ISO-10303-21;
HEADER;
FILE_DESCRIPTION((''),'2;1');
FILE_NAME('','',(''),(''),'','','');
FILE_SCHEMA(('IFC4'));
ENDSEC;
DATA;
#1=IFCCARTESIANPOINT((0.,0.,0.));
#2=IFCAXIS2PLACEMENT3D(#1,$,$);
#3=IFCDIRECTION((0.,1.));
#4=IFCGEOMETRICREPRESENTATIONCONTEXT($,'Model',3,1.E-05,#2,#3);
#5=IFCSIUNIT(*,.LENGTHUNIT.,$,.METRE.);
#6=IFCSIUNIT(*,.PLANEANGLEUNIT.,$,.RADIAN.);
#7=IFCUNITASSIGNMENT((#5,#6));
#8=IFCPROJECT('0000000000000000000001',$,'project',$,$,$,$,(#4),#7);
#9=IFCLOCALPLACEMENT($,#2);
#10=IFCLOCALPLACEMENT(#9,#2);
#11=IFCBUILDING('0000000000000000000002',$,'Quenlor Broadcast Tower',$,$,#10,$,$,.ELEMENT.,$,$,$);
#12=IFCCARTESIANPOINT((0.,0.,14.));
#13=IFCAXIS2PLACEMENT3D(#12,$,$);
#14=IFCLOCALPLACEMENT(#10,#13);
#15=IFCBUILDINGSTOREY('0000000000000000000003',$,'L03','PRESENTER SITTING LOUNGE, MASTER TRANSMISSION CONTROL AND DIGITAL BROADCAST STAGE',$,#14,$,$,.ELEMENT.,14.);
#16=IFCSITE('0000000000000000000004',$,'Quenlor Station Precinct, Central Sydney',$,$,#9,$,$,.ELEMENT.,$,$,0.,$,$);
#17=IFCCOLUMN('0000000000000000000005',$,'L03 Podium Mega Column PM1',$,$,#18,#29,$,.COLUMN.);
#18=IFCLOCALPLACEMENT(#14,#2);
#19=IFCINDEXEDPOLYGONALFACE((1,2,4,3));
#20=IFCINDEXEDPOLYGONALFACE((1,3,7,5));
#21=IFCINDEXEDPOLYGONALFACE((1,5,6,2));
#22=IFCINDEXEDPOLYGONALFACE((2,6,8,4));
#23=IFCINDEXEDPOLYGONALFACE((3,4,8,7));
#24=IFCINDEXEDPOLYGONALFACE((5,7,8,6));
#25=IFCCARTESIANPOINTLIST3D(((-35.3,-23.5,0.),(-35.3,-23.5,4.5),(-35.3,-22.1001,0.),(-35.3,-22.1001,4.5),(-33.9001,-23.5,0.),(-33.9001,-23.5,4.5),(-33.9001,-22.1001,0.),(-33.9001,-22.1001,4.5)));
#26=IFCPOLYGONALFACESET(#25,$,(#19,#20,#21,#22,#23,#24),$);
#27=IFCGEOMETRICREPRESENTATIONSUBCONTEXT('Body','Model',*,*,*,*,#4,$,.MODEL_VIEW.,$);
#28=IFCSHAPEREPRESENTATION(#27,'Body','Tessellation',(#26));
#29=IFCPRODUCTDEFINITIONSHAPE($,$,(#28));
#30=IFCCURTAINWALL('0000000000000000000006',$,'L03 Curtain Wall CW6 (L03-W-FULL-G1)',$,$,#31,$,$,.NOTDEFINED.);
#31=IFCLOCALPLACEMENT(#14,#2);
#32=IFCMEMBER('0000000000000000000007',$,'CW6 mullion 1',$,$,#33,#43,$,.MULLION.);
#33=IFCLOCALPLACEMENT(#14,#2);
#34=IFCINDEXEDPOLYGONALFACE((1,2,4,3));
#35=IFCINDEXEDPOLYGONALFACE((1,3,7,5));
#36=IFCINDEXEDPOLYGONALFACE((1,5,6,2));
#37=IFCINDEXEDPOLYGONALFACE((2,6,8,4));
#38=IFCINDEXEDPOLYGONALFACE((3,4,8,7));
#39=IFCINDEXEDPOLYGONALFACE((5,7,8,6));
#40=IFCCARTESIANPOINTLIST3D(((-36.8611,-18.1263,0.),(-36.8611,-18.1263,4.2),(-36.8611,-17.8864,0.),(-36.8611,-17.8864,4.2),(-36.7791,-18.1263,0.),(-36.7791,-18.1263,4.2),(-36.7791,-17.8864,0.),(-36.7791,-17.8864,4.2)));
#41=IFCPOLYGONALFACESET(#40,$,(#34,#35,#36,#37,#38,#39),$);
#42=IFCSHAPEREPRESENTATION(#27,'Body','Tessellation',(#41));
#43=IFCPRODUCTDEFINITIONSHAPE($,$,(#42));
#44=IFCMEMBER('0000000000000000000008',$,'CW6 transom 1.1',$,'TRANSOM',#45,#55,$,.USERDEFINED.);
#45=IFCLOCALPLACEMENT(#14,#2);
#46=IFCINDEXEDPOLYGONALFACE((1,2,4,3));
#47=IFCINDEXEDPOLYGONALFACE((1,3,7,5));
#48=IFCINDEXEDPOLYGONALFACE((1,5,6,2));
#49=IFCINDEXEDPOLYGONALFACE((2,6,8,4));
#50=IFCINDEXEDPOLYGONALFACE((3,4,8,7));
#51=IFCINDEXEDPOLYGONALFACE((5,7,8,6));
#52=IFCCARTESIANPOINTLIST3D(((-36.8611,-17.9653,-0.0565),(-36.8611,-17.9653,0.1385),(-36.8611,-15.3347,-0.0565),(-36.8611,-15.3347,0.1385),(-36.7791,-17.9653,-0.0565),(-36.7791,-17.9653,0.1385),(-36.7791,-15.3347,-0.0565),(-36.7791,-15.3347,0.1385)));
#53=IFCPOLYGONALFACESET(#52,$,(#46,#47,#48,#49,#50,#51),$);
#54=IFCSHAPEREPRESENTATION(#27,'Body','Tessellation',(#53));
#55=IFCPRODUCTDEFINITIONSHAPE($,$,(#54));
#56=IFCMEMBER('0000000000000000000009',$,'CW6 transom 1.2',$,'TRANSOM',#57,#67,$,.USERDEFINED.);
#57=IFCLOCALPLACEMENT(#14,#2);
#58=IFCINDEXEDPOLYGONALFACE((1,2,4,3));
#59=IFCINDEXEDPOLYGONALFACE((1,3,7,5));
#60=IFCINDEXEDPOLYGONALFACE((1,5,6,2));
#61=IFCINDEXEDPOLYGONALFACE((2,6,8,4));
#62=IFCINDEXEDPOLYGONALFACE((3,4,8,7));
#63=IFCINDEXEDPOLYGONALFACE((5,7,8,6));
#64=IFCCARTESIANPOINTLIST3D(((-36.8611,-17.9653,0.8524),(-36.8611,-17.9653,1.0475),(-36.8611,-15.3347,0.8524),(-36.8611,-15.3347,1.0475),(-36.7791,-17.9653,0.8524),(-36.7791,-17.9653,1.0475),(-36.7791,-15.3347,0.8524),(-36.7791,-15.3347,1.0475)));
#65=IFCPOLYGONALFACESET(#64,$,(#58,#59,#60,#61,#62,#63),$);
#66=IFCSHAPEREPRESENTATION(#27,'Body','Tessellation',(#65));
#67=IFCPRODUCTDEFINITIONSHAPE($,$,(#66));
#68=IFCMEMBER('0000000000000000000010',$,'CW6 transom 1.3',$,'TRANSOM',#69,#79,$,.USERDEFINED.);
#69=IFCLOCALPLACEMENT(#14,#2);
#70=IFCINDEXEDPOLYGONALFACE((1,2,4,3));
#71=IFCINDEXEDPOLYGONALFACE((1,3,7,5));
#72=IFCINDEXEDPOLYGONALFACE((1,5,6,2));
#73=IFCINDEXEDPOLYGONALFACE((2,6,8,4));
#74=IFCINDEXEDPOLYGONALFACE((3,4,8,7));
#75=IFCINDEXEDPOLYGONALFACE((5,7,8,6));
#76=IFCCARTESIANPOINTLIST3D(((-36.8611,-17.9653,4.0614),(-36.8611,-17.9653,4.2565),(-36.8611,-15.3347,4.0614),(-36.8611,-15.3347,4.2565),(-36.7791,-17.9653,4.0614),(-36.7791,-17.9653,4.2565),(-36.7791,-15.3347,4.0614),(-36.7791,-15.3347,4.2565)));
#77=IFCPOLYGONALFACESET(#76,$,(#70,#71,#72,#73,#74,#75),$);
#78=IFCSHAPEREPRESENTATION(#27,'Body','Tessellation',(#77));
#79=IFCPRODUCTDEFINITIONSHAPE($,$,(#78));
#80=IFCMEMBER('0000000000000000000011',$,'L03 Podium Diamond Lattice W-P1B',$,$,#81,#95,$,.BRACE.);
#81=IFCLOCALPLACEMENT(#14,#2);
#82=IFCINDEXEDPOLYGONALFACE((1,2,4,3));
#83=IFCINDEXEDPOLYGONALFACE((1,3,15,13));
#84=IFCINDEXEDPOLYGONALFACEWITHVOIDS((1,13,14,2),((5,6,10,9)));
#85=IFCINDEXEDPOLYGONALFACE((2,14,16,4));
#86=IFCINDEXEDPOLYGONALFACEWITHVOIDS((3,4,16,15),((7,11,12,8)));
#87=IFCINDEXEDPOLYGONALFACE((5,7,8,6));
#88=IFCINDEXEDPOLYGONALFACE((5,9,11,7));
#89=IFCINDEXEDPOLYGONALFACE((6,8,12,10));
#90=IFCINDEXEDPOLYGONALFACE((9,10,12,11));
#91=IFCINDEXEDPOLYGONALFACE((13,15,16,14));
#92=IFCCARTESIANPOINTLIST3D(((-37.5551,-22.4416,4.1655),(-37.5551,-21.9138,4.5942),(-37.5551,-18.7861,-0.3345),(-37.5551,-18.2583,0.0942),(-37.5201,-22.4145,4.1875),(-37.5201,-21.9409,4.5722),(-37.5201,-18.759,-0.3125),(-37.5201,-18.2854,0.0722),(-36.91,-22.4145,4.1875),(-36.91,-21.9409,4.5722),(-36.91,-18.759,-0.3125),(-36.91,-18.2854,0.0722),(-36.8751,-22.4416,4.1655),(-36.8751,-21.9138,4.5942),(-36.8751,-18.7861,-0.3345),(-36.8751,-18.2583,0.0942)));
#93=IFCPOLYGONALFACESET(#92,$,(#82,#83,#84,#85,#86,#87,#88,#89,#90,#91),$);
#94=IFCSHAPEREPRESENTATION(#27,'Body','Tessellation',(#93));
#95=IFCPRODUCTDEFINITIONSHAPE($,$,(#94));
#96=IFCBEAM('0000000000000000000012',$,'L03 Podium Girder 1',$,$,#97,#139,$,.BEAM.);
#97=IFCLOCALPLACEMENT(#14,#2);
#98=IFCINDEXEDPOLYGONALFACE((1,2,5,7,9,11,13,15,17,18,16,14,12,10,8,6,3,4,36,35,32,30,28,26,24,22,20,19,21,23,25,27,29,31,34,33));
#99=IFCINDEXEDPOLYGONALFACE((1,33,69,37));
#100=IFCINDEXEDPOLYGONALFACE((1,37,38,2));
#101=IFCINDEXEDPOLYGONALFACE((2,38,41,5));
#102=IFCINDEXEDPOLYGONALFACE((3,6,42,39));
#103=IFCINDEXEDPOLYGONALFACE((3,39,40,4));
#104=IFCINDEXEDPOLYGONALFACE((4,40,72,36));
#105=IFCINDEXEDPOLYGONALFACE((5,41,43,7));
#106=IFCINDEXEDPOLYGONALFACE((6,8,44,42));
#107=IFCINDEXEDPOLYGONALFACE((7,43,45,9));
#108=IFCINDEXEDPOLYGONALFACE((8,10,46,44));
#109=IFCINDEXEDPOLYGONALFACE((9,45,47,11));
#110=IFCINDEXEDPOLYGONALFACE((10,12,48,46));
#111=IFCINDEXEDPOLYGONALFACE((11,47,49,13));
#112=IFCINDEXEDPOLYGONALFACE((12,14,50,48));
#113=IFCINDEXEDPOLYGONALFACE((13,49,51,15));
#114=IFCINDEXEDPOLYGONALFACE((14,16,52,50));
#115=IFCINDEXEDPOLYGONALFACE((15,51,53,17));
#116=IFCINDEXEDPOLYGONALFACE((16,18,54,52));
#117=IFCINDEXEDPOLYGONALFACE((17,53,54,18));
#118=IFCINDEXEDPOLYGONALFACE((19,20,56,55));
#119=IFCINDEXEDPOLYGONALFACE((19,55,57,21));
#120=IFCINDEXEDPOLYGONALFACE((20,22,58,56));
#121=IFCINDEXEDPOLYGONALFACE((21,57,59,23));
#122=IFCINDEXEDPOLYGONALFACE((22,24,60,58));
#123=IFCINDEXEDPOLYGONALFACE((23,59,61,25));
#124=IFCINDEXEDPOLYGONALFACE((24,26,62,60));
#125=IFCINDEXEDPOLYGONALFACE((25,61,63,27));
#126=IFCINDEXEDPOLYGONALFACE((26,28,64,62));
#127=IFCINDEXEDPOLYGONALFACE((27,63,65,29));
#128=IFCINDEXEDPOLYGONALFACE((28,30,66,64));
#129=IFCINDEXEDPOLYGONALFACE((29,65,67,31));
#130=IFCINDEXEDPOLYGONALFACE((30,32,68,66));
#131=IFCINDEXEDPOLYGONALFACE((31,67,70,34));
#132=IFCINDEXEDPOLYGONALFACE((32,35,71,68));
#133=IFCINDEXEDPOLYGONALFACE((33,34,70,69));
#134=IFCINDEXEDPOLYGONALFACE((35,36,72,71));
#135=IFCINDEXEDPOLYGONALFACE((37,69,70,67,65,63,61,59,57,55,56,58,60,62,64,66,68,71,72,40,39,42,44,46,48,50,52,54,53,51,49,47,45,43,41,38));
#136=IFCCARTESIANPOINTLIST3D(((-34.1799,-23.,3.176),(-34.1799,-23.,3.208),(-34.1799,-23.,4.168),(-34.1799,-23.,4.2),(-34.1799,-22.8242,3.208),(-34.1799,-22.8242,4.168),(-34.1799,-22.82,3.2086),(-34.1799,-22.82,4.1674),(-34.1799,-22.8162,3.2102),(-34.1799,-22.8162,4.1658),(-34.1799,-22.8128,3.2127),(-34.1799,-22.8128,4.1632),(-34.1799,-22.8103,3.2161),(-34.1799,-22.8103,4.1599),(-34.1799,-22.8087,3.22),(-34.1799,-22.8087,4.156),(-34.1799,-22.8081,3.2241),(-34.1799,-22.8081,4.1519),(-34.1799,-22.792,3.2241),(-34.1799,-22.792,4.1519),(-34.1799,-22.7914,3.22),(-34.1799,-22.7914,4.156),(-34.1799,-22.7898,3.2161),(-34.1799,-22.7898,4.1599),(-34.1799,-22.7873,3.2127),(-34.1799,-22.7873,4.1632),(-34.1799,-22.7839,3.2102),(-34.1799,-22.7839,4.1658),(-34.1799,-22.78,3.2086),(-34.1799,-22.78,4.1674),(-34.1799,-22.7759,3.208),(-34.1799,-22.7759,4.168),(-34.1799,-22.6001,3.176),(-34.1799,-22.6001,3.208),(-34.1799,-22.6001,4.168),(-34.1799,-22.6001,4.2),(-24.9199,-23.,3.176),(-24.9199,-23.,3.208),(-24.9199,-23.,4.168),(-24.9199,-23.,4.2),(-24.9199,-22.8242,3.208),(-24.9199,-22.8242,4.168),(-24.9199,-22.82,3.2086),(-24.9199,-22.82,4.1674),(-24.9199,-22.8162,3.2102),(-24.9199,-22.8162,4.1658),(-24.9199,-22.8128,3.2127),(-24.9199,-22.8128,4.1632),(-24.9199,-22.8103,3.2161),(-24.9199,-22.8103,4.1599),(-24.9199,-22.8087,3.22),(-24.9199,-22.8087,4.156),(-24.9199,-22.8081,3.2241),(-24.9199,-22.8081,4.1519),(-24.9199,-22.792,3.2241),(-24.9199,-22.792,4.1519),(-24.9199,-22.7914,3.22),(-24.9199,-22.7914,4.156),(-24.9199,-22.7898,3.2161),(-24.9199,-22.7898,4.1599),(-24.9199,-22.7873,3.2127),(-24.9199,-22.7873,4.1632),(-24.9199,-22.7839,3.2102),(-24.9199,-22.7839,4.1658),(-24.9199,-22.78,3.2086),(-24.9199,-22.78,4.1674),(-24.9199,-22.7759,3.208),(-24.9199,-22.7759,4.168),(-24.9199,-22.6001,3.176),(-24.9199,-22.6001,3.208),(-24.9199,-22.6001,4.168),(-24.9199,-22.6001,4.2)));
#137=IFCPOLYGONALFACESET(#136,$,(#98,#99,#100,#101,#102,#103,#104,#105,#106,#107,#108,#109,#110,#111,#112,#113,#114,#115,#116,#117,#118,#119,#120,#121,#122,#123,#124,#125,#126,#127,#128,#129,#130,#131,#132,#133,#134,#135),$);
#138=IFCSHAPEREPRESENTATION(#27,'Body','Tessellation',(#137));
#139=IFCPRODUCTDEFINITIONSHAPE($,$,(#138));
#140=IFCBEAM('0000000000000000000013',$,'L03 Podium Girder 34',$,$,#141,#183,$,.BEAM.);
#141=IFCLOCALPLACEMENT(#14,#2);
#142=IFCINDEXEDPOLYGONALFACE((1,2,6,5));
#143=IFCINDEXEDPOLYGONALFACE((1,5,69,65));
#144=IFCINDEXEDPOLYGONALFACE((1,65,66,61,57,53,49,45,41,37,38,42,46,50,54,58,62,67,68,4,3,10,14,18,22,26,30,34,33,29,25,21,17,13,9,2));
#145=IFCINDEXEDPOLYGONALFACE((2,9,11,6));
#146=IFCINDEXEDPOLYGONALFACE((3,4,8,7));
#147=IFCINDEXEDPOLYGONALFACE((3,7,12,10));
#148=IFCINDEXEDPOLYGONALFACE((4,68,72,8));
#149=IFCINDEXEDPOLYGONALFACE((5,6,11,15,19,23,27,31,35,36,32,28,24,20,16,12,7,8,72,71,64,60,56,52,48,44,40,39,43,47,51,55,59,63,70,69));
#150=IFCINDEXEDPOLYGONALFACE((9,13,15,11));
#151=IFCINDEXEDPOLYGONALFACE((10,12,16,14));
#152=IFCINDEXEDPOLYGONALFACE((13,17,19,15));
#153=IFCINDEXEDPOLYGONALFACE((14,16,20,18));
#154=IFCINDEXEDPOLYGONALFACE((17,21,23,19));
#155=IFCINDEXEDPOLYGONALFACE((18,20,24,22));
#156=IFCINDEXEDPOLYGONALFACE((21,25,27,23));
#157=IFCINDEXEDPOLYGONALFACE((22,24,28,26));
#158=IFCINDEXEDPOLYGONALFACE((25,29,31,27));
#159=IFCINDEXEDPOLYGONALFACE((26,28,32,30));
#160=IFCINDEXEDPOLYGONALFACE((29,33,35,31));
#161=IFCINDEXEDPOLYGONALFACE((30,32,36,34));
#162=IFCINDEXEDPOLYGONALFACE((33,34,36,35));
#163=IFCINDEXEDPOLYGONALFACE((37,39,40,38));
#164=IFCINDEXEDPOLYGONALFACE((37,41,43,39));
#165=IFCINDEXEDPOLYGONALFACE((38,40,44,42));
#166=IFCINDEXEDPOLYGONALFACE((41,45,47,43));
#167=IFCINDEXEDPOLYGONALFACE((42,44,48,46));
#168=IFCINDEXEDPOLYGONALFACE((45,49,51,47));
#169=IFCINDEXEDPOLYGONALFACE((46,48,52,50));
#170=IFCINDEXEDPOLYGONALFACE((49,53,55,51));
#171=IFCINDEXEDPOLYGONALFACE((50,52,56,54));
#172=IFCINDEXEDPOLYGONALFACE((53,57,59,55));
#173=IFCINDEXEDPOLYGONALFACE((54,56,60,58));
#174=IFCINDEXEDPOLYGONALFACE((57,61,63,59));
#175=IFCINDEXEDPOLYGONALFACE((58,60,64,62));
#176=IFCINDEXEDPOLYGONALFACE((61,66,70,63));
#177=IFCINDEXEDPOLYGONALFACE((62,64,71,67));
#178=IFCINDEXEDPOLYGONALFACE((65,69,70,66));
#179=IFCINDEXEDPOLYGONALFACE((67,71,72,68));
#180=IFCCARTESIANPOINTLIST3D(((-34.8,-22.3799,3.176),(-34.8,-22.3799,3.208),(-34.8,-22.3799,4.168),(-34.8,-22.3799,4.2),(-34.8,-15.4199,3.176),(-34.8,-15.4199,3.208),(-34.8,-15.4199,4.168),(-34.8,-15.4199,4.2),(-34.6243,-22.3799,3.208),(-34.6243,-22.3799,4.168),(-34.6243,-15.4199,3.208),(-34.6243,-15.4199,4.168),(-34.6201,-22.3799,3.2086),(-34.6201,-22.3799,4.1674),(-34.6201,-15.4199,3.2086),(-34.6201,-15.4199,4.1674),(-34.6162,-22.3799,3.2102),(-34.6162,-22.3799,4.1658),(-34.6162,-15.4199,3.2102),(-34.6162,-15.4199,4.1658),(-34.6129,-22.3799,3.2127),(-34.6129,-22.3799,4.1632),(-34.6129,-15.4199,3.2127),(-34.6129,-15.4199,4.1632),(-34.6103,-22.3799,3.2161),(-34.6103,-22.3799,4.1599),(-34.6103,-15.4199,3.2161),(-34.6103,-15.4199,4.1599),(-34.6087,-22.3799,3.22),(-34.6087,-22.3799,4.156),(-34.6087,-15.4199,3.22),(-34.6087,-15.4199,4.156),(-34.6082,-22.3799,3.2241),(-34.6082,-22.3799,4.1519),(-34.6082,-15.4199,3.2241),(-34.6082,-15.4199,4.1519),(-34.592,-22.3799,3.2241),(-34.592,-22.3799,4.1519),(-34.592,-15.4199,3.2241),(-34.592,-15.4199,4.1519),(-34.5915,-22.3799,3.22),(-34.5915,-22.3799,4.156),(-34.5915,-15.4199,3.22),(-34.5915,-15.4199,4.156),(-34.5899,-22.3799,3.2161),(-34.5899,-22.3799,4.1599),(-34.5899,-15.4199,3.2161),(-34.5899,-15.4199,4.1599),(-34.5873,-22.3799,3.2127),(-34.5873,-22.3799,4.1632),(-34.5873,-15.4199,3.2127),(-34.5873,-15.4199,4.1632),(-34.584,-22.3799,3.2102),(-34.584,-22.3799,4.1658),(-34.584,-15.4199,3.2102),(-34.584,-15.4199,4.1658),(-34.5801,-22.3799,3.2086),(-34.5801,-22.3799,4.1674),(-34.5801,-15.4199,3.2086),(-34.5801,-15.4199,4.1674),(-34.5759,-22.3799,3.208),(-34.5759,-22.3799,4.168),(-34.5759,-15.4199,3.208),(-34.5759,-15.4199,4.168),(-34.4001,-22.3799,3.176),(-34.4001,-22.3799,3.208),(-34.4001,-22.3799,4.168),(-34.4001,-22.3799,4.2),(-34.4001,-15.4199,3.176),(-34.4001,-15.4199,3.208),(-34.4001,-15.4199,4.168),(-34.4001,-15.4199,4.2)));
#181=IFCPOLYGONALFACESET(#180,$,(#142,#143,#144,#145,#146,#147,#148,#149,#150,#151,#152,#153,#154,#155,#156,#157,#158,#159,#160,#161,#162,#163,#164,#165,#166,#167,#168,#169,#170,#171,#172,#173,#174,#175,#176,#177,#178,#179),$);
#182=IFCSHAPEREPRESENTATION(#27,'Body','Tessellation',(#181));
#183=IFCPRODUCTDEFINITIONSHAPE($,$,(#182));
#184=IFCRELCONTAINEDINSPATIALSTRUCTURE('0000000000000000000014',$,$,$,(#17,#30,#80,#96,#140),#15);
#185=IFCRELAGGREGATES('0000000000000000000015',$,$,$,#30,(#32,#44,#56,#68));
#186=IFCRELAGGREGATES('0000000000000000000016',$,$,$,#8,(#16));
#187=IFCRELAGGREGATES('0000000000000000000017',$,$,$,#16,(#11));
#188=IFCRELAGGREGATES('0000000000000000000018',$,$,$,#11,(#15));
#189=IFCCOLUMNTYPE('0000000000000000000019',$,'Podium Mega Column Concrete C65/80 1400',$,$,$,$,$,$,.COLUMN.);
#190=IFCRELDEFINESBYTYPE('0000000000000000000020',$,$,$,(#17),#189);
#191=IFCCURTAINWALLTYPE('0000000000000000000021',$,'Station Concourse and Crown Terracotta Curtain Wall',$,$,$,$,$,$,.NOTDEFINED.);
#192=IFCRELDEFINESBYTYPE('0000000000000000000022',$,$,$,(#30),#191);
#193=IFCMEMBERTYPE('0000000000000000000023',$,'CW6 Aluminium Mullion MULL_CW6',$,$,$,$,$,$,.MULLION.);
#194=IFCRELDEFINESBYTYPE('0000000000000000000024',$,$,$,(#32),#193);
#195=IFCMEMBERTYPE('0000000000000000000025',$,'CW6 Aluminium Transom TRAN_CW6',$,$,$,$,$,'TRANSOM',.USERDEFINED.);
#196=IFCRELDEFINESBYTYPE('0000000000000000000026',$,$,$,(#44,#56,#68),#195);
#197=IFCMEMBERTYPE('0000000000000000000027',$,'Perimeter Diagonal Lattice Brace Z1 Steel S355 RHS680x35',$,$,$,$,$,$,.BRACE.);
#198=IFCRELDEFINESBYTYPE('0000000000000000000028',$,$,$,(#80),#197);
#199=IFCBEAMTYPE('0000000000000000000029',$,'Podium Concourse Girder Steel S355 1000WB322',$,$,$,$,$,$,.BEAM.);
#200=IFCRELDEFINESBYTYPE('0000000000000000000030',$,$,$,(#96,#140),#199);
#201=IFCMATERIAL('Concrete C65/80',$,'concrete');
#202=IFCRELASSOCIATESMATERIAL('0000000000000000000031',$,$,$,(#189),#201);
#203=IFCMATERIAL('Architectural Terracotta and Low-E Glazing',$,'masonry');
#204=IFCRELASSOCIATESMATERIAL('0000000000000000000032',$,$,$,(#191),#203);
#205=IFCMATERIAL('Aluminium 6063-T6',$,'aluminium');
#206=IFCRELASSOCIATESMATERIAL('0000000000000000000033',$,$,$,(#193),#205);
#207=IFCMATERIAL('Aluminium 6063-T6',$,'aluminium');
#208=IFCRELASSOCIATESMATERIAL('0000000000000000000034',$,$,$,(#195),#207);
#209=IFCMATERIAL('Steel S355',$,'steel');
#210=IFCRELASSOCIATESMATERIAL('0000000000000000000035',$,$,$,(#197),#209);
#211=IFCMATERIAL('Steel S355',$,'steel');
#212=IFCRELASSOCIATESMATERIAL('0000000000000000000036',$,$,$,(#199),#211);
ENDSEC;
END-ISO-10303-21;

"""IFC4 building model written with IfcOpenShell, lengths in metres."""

from ifc_helpers import new_model, si_unit, direction, frame, origin, origin_2d, place, context, subcontext, project, spatial, rectangle, hollow_rectangle, i_section, extrude, material, material_profile, profile_set, type_object, element, aggregate, save


model = new_model("IFC4")

# Units and contexts
model_context = context("Model", 3, precision=1e-05, world=origin(), true_north=direction((0.0, 1.0)))
body_context = subcontext(model_context, "Body", "Model", "MODEL_VIEW")
ifc_project = project(units=[si_unit("LENGTHUNIT", "METRE"), si_unit("PLANEANGLEUNIT", "RADIAN")], contexts=[model_context])

# Site, building, storey
site_placement = place(None, origin())
site = spatial("IfcSite", under=ifc_project, at=site_placement, Name="Quenlor Station Precinct, Central Sydney", CompositionType="ELEMENT", RefElevation=0.0)
building_placement = place(site_placement, origin())
building = spatial("IfcBuilding", under=site, at=building_placement, Name="Quenlor Broadcast Tower", CompositionType="ELEMENT")
storey_placement = place(building_placement, frame((0.0, 0.0, 14.0)))
storey = spatial("IfcBuildingStorey", under=building, at=storey_placement, Name="L03", Description="PRESENTER SITTING LOUNGE, MASTER TRANSMISSION CONTROL AND DIGITAL BROADCAST STAGE", CompositionType="ELEMENT", Elevation=14.0)

# Column
ifc_material_1 = material(Name="Concrete C65/80", Category="concrete")
ifc_material_profile_1 = material_profile(ifc_material_1, rectangle(XDim=1.3999, YDim=1.3999, at=origin_2d()))
ifc_profile_set_1 = profile_set([ifc_material_profile_1], Name="Concrete C65/80 RC1400x1400")
column_type = type_object("IfcColumnType", Name="Podium Mega Column Concrete C65/80 1400", PredefinedType="COLUMN", material=ifc_profile_set_1)
column_placement = place(storey_placement, frame((-34.6001, -22.8, 0.0), z_axis=(0.0, 0.0, 1.0), x_axis=(1.0, 0.0, 0.0)))
element("IfcColumn", 1, at=column_placement, inside=storey, type_object=column_type, Name="L03 Podium Mega Column PM1", PredefinedType="COLUMN", context=body_context, shape_type="SweptSolid", body=[
    extrude(rectangle(XDim=1.3999, YDim=1.3999, at=origin_2d()), origin(), (0.0, 0.0, 1.0), 4.5),
])

# Curtain wall, members
ifc_material_2 = material(Name="Architectural Terracotta and Low-E Glazing", Category="masonry")
curtain_wall_type = type_object("IfcCurtainWallType", Name="Station Concourse and Crown Terracotta Curtain Wall", PredefinedType="NOTDEFINED", material=ifc_material_2)
curtain_wall_placement = place(storey_placement, origin())
curtain_wall = element("IfcCurtainWall", 2, at=curtain_wall_placement, inside=storey, type_object=curtain_wall_type, Name="L03 Curtain Wall CW6 (L03-W-FULL-G1)", PredefinedType="NOTDEFINED")
ifc_material_3 = material(Name="Aluminium 6063-T6", Category="aluminium")
ifc_material_profile_2 = material_profile(ifc_material_3, rectangle(XDim=0.082, YDim=0.24, at=origin_2d()))
ifc_profile_set_2 = profile_set([ifc_material_profile_2], Name="Aluminium 6063-T6 MULL82x240")
member_type_1 = type_object("IfcMemberType", Name="CW6 Aluminium Mullion MULL_CW6", PredefinedType="MULLION", material=ifc_profile_set_2)
member_1_placement = place(storey_placement, frame((-36.8201, -18.0063, 0.0), z_axis=(0.0, 0.0, 1.0), x_axis=(-1.0, 0.0, 0.0)))
member_1 = element("IfcMember", 3, at=member_1_placement, type_object=member_type_1, Name="CW6 mullion 1", PredefinedType="MULLION", context=body_context, shape_type="SweptSolid", body=[
    extrude(rectangle(XDim=0.082, YDim=0.24, at=origin_2d()), origin(), (0.0, 0.0, 1.0), 4.2),
])
ifc_material_4 = material(Name="Aluminium 6063-T6", Category="aluminium")
ifc_material_profile_3 = material_profile(ifc_material_4, rectangle(XDim=0.082, YDim=0.1951, at=origin_2d()))
ifc_profile_set_3 = profile_set([ifc_material_profile_3], Name="Aluminium 6063-T6 TRAN82x195")
member_type_2 = type_object("IfcMemberType", Name="CW6 Aluminium Transom TRAN_CW6", ElementType="TRANSOM", PredefinedType="USERDEFINED", material=ifc_profile_set_3)
member_2_placement = place(storey_placement, frame((-36.8201, -17.9653, 0.041), z_axis=(0.0, 1.0, 0.0), x_axis=(-1.0, 0.0, 0.0)))
member_2 = element("IfcMember", 4, at=member_2_placement, type_object=member_type_2, Name="CW6 transom 1.1", ObjectType="TRANSOM", PredefinedType="USERDEFINED", context=body_context, shape_type="SweptSolid", body=[
    extrude(rectangle(XDim=0.082, YDim=0.1951, at=origin_2d()), origin(), (0.0, 0.0, 1.0), 2.6306),
])
member_3_placement = place(storey_placement, frame((-36.8201, -17.9653, 0.95), z_axis=(0.0, 1.0, 0.0), x_axis=(-1.0, 0.0, 0.0)))
member_3 = element("IfcMember", 5, at=member_3_placement, type_object=member_type_2, Name="CW6 transom 1.2", ObjectType="TRANSOM", PredefinedType="USERDEFINED", context=body_context, shape_type="SweptSolid", body=[
    extrude(rectangle(XDim=0.082, YDim=0.1951, at=origin_2d()), origin(), (0.0, 0.0, 1.0), 2.6306),
])
member_4_placement = place(storey_placement, frame((-36.8201, -17.9653, 4.1589), z_axis=(0.0, 1.0, 0.0), x_axis=(-1.0, 0.0, 0.0)))
member_4 = element("IfcMember", 6, at=member_4_placement, type_object=member_type_2, Name="CW6 transom 1.3", ObjectType="TRANSOM", PredefinedType="USERDEFINED", context=body_context, shape_type="SweptSolid", body=[
    extrude(rectangle(XDim=0.082, YDim=0.1951, at=origin_2d()), origin(), (0.0, 0.0, 1.0), 2.6306),
])

# Member
ifc_material_5 = material(Name="Steel S355", Category="steel")
ifc_material_profile_4 = material_profile(ifc_material_5, hollow_rectangle(XDim=0.6799, YDim=0.6799, WallThickness=0.0349, at=origin_2d()))
ifc_profile_set_4 = profile_set([ifc_material_profile_4], Name="Steel S355 RHS680x680x35")
member_type_3 = type_object("IfcMemberType", Name="Perimeter Diagonal Lattice Brace Z1 Steel S355 RHS680x35", PredefinedType="BRACE", material=ifc_profile_set_4)
member_5_placement = place(storey_placement, frame((-37.2151, -18.5222, -0.1201), z_axis=(0.0, -0.630517, 0.776176), x_axis=(1.0, 0.0, 0.0)))
element("IfcMember", 7, at=member_5_placement, inside=storey, type_object=member_type_3, Name="L03 Podium Diamond Lattice W-P1B", PredefinedType="BRACE", context=body_context, shape_type="SweptSolid", body=[
    extrude(hollow_rectangle(XDim=0.6799, YDim=0.6799, WallThickness=0.0349, at=origin_2d()), origin(), (0.0, 0.0, 1.0), 5.7976),
])

# Beams
ifc_material_6 = material(Name="Steel S355", Category="steel")
ifc_material_profile_5 = material_profile(ifc_material_6, i_section(OverallWidth=0.3999, OverallDepth=1.0239, WebThickness=0.0161, FlangeThickness=0.032, FilletRadius=0.0161, at=origin_2d()))
ifc_profile_set_5 = profile_set([ifc_material_profile_5], Name="Steel S355 1000WB322")
beam_type_1 = type_object("IfcBeamType", Name="Podium Concourse Girder Steel S355 1000WB322", PredefinedType="BEAM", material=ifc_profile_set_5)
beam_1_placement = place(storey_placement, frame((-34.1799, -22.8, 3.688), z_axis=(1.0, 0.0, 0.0), x_axis=(0.0, 1.0, 0.0)))
element("IfcBeam", 8, at=beam_1_placement, inside=storey, type_object=beam_type_1, Name="L03 Podium Girder 1", PredefinedType="BEAM", context=body_context, shape_type="SweptSolid", body=[
    extrude(i_section(OverallWidth=0.3999, OverallDepth=1.0239, WebThickness=0.0161, FlangeThickness=0.032, FilletRadius=0.0161, at=origin_2d()), origin(), (0.0, 0.0, 1.0), 9.26),
])
beam_2_placement = place(storey_placement, frame((-34.6001, -22.3799, 3.688), z_axis=(0.0, 1.0, 0.0), x_axis=(-1.0, 0.0, 0.0)))
element("IfcBeam", 9, at=beam_2_placement, inside=storey, type_object=beam_type_1, Name="L03 Podium Girder 34", PredefinedType="BEAM", context=body_context, shape_type="SweptSolid", body=[
    extrude(i_section(OverallWidth=0.3999, OverallDepth=1.0239, WebThickness=0.0161, FlangeThickness=0.032, FilletRadius=0.0161, at=origin_2d()), origin(), (0.0, 0.0, 1.0), 6.96),
])

aggregate(curtain_wall, [member_1, member_2, member_3, member_4])

save(model, "model.ifc")
